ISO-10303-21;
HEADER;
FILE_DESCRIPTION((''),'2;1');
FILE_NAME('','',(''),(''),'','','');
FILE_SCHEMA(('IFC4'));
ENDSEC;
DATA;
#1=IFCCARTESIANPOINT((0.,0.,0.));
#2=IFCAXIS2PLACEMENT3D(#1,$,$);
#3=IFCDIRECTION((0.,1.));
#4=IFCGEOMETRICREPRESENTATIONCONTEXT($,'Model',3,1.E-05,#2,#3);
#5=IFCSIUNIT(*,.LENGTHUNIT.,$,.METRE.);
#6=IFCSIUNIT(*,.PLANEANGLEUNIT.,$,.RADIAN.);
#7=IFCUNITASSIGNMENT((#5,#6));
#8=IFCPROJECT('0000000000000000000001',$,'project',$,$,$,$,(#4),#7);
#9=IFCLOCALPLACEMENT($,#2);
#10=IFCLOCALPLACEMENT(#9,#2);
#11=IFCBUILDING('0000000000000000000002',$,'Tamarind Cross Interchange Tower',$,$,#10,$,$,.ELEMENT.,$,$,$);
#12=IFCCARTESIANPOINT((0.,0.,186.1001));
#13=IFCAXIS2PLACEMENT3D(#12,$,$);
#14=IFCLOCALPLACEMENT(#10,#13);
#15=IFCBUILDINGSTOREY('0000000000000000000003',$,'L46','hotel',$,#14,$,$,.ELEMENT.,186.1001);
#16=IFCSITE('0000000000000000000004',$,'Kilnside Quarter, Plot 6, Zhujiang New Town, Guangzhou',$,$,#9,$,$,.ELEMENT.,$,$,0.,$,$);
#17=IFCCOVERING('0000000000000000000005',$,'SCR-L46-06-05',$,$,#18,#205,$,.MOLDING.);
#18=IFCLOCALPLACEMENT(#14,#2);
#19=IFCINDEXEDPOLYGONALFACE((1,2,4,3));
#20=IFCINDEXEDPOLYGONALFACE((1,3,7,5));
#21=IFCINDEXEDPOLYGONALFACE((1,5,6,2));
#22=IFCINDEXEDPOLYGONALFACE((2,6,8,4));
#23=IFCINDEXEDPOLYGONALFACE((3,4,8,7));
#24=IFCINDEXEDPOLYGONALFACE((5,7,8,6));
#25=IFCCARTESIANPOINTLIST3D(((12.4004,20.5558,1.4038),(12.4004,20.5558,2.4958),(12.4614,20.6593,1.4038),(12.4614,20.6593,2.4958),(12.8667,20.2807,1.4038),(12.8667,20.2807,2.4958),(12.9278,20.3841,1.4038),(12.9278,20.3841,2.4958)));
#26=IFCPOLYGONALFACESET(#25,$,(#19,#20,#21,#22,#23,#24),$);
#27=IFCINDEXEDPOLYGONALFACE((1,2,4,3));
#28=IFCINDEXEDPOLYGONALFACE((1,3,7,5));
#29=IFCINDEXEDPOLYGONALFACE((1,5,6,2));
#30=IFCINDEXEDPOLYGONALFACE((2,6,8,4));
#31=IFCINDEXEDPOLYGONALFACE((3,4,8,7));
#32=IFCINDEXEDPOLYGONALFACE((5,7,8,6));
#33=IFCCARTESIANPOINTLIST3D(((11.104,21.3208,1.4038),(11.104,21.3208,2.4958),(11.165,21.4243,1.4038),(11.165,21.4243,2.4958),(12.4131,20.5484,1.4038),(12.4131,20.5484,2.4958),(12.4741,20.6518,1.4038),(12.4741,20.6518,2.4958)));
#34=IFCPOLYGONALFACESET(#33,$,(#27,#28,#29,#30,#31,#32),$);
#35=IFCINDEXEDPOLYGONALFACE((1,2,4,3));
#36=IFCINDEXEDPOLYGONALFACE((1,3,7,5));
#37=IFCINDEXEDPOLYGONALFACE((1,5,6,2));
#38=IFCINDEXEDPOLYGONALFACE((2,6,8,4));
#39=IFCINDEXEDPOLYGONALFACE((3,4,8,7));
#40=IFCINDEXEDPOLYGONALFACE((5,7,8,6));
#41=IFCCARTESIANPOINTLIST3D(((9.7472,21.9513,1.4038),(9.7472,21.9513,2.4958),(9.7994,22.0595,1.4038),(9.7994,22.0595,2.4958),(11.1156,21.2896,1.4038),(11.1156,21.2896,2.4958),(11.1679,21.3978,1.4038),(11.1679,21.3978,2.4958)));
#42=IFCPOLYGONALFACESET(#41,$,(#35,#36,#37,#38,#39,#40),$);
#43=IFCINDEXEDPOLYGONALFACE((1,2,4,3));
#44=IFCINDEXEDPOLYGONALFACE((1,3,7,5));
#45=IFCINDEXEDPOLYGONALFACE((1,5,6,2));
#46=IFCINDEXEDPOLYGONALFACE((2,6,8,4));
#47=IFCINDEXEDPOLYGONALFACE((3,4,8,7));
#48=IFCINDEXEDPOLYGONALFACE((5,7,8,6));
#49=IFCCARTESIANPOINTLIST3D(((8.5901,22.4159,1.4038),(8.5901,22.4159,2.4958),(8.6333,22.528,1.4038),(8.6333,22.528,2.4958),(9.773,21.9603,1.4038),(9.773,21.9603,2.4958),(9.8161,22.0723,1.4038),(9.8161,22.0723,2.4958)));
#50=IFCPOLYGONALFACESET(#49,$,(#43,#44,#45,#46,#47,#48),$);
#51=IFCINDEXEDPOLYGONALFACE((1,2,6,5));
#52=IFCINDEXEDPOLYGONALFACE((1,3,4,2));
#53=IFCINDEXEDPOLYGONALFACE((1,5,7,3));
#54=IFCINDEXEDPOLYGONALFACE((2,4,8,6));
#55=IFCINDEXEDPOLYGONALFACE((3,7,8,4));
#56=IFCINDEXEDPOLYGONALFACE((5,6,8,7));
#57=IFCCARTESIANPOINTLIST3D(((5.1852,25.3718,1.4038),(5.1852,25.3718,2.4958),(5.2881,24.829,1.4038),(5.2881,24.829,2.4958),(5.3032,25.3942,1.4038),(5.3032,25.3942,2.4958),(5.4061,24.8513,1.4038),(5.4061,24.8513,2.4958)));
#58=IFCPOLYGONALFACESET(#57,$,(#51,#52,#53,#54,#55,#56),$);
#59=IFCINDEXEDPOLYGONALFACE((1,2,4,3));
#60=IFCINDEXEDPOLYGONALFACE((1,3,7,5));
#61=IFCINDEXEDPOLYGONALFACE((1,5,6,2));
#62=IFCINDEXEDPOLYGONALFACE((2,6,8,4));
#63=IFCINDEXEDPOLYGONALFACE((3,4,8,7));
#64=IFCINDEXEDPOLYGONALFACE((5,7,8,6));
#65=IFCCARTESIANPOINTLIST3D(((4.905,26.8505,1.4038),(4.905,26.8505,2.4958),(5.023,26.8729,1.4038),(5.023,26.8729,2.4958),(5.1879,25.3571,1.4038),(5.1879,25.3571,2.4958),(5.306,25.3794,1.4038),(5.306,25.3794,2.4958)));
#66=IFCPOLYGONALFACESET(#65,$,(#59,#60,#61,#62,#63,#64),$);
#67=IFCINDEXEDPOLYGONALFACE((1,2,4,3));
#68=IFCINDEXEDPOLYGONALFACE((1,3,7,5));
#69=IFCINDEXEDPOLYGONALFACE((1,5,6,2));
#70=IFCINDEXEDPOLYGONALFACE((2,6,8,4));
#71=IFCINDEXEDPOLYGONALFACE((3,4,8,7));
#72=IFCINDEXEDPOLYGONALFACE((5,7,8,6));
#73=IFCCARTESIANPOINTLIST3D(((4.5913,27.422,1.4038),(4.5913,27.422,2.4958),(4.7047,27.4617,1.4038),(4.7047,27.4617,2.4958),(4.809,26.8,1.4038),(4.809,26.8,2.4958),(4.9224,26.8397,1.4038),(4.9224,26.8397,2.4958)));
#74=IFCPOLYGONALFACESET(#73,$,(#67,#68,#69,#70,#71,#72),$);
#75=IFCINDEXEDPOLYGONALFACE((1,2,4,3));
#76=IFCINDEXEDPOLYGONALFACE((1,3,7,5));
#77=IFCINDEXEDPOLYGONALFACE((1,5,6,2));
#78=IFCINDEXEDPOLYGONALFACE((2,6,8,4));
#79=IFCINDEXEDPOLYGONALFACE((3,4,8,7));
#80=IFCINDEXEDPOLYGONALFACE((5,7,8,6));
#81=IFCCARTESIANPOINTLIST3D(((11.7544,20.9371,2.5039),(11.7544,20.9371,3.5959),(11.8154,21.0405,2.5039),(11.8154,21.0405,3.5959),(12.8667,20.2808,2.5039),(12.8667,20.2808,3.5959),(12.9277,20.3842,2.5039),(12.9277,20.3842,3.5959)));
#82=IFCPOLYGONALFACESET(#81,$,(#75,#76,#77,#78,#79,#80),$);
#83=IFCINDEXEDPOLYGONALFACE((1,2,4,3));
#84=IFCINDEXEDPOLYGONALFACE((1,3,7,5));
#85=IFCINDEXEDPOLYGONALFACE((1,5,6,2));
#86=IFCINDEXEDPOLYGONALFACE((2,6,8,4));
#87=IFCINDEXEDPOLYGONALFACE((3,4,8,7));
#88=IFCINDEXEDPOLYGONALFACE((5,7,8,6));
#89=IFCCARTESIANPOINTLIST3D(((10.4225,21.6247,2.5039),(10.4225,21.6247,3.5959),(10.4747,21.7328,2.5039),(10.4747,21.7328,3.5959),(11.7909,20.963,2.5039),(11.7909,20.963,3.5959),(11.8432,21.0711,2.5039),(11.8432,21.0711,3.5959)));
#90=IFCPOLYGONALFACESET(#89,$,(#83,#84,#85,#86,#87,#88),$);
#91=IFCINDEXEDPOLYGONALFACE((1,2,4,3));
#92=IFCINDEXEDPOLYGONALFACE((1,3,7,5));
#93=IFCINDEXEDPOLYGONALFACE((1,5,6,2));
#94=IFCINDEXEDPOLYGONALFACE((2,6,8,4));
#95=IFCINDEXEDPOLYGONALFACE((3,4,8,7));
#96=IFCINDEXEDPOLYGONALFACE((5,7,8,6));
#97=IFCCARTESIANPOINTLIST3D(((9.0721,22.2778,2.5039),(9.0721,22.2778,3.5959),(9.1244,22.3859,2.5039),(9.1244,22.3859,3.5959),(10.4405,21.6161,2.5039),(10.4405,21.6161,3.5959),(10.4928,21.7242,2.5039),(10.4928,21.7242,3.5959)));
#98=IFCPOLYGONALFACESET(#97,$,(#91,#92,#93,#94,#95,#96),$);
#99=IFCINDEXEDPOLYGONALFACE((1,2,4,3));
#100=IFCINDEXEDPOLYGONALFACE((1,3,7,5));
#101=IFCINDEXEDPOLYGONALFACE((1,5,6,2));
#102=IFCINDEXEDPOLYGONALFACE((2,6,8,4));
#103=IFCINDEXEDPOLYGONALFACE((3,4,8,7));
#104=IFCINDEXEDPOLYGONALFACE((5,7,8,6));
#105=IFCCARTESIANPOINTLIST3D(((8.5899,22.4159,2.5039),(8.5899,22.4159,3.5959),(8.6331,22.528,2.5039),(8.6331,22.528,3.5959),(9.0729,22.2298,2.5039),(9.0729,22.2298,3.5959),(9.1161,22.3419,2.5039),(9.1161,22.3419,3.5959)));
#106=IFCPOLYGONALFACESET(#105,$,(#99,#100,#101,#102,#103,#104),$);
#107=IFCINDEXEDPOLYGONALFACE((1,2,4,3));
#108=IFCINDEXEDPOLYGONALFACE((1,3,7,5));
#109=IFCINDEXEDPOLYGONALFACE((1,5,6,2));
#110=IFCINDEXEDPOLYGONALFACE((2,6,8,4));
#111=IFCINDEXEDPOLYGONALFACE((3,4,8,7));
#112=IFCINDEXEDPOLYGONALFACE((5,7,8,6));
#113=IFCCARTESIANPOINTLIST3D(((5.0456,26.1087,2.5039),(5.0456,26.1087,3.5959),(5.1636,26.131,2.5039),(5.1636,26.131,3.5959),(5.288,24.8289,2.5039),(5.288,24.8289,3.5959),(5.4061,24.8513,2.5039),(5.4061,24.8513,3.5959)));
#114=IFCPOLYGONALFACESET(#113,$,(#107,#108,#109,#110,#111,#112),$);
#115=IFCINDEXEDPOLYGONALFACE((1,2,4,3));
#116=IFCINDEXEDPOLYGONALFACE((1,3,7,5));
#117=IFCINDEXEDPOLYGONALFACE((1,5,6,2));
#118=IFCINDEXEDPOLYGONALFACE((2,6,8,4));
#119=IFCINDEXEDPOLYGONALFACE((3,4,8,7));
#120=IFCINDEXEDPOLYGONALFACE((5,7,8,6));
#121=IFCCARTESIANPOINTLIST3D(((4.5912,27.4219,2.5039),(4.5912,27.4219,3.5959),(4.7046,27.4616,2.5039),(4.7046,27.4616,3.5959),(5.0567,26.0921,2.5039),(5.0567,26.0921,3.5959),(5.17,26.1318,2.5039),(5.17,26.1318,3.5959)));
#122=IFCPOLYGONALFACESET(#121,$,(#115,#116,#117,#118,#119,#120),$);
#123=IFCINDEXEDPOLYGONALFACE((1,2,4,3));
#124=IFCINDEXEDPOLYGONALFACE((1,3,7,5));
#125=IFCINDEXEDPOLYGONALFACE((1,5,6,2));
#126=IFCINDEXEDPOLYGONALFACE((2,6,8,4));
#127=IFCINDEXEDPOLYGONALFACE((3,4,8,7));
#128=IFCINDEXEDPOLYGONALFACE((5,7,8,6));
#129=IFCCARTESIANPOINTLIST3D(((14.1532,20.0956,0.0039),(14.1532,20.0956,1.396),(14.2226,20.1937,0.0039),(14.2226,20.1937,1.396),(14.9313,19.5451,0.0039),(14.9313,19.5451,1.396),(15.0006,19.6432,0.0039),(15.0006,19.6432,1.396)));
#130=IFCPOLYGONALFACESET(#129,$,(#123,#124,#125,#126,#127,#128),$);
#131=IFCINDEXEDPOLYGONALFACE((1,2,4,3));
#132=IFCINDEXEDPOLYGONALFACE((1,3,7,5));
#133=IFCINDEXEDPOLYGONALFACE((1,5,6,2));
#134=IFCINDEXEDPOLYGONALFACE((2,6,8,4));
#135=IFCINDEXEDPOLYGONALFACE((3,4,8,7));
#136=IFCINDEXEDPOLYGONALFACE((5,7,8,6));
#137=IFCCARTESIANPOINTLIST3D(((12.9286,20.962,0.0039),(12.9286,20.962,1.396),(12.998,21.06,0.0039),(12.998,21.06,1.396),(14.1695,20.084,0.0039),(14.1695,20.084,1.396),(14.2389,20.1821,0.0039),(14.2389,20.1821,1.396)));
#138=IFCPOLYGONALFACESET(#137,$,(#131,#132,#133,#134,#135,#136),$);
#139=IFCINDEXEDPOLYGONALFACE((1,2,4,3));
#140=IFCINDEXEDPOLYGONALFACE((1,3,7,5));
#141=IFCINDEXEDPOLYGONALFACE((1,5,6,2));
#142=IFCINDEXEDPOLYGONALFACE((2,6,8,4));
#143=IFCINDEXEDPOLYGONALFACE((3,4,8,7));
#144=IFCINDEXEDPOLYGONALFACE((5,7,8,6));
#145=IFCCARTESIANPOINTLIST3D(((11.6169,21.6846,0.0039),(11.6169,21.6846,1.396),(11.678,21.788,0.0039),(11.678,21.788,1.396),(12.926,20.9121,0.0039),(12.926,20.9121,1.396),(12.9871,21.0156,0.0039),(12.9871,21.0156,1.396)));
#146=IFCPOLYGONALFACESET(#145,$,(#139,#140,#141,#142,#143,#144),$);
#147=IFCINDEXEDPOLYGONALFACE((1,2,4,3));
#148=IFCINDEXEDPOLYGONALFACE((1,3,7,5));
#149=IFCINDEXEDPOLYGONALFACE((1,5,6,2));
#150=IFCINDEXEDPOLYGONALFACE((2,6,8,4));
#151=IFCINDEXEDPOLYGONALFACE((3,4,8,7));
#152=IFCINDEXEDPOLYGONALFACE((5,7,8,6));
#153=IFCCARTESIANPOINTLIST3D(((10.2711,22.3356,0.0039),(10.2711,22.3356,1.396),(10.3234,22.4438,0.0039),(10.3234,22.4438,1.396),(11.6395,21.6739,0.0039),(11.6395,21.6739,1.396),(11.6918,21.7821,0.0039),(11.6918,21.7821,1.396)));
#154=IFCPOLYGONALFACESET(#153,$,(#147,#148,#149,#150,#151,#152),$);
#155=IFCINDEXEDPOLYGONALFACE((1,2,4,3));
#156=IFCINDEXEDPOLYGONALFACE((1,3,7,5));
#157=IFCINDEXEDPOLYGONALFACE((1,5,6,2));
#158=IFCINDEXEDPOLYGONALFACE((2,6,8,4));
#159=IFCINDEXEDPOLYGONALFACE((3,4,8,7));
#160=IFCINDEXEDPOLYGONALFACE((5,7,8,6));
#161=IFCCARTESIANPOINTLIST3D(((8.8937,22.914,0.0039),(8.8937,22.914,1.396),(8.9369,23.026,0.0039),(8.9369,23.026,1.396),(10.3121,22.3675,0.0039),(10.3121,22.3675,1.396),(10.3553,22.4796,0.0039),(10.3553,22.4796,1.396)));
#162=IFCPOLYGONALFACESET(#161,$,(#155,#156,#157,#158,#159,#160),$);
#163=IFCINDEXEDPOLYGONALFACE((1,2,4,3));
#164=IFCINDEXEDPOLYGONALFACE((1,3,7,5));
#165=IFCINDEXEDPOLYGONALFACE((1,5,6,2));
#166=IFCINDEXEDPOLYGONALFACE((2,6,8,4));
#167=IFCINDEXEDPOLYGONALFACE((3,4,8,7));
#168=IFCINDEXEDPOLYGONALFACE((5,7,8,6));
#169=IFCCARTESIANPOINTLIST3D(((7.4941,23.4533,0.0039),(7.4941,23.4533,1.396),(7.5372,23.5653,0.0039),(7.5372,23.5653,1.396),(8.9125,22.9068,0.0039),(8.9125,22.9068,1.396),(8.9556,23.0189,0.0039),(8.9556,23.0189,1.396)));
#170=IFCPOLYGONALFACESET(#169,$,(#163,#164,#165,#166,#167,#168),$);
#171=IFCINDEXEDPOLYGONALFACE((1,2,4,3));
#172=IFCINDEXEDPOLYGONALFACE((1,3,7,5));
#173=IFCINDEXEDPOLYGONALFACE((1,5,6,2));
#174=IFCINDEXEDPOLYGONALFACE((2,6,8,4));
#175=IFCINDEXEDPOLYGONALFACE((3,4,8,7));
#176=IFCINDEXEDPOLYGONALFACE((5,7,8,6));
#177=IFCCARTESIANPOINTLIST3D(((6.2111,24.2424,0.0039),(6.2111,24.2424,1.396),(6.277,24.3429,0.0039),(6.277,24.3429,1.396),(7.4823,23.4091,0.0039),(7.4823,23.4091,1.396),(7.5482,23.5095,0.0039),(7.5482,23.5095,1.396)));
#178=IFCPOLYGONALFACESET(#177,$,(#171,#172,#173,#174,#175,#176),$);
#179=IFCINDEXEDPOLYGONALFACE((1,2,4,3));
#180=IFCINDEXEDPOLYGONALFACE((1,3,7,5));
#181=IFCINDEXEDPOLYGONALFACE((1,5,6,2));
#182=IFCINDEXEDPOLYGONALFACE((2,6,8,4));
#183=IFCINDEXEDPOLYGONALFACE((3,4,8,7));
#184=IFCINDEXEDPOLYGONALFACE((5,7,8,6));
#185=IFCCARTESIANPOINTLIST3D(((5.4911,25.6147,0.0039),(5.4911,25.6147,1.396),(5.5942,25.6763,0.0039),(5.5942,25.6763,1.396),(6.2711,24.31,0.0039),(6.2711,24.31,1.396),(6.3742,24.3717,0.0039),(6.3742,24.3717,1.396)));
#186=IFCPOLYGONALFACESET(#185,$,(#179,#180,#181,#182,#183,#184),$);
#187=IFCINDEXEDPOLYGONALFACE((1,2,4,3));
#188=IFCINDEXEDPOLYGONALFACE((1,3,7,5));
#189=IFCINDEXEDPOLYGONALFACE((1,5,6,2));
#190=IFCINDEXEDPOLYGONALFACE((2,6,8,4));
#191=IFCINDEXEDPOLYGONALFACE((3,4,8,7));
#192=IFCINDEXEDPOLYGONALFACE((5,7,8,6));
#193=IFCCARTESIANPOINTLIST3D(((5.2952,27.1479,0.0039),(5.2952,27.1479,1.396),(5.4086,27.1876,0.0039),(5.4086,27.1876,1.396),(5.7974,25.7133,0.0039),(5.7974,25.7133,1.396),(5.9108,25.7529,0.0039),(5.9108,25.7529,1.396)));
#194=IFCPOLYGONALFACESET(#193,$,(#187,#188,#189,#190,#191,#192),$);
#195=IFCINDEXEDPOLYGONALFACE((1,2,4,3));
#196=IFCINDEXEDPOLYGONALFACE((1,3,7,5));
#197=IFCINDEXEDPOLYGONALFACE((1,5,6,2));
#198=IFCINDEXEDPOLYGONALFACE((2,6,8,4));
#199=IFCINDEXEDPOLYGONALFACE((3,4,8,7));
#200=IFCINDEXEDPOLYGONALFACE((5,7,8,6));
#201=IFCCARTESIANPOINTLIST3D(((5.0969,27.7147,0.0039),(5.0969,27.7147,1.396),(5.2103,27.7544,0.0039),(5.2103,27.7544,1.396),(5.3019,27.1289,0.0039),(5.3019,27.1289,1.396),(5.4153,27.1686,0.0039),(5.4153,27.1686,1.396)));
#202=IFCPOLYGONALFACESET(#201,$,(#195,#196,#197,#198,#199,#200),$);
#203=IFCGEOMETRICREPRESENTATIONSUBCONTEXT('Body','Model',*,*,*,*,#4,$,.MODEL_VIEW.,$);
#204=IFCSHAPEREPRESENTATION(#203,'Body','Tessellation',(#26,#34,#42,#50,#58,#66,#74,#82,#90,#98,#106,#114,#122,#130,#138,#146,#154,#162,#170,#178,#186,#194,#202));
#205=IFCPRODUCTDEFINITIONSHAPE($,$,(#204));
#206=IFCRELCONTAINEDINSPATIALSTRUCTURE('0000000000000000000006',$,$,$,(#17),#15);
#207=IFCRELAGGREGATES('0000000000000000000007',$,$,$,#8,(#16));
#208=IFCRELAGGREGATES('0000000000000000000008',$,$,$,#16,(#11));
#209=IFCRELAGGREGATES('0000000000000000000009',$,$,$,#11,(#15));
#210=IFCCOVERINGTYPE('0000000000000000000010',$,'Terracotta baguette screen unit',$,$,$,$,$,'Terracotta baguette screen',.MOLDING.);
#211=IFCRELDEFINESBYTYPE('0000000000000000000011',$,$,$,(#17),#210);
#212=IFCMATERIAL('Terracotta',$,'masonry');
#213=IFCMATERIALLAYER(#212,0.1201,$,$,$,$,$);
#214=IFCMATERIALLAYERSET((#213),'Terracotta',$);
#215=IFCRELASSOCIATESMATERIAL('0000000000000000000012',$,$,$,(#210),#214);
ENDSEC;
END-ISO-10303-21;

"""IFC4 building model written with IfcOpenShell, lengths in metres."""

from ifc_helpers import new_model, si_unit, direction, frame, origin, origin_2d, place, context, subcontext, project, spatial, rectangle, extrude, material, layer, layer_set, type_object, element, save


model = new_model("IFC4")

# Units and contexts
model_context = context("Model", 3, precision=1e-05, world=origin(), true_north=direction((0.0, 1.0)))
body_context = subcontext(model_context, "Body", "Model", "MODEL_VIEW")
ifc_project = project(units=[si_unit("LENGTHUNIT", "METRE"), si_unit("PLANEANGLEUNIT", "RADIAN")], contexts=[model_context])

# Site, building, storey
site_placement = place(None, origin())
site = spatial("IfcSite", under=ifc_project, at=site_placement, Name="Kilnside Quarter, Plot 6, Zhujiang New Town, Guangzhou", CompositionType="ELEMENT", RefElevation=0.0)
building_placement = place(site_placement, origin())
building = spatial("IfcBuilding", under=site, at=building_placement, Name="Tamarind Cross Interchange Tower", CompositionType="ELEMENT")
storey_placement = place(building_placement, frame((0.0, 0.0, 186.1001)))
storey = spatial("IfcBuildingStorey", under=building, at=storey_placement, Name="L46", Description="hotel", CompositionType="ELEMENT", Elevation=186.1001)

# Covering
ifc_material_1 = material(Name="Terracotta", Category="masonry")
ifc_layer_1 = layer(ifc_material_1, 0.1201)
ifc_layer_set_1 = layer_set([ifc_layer_1], Name="Terracotta")
covering_type = type_object("IfcCoveringType", Name="Terracotta baguette screen unit", ElementType="Terracotta baguette screen", PredefinedType="MOLDING", material=ifc_layer_set_1)
covering_1_placement = place(storey_placement, origin())
element("IfcCovering", 1, at=covering_1_placement, inside=storey, type_object=covering_type, Name="SCR-L46-06-05", PredefinedType="MOLDING", context=body_context, shape_type="SweptSolid", body=[
    extrude(rectangle(XDim=0.5415, YDim=0.1201, at=origin_2d()), frame((12.6641, 20.47, 1.4038), z_axis=(0.0, 0.0, 1.0), x_axis=(-0.861249, 0.508183, 0.0)), (0.0, 0.0, 1.0), 1.092),
    extrude(rectangle(XDim=1.52, YDim=0.1201, at=origin_2d()), frame((11.7891, 20.9863, 1.4038), z_axis=(0.0, 0.0, 1.0), x_axis=(-0.861249, 0.508183, 0.0)), (0.0, 0.0, 1.0), 1.092),
    extrude(rectangle(XDim=1.52, YDim=0.1201, at=origin_2d()), frame((10.4575, 21.6746, 1.4038), z_axis=(0.0, 0.0, 1.0), x_axis=(-0.900273, 0.435326, 0.0)), (0.0, 0.0, 1.0), 1.092),
    extrude(rectangle(XDim=1.2676, YDim=0.1201, at=origin_2d()), frame((9.2031, 22.2441, 1.4038), z_axis=(0.0, 0.0, 1.0), x_axis=(-0.933147, 0.359495, 0.0)), (0.0, 0.0, 1.0), 1.092),
    extrude(rectangle(XDim=0.5525, YDim=0.1201, at=origin_2d()), frame((5.2957, 25.1116, 1.4038), z_axis=(0.0, 0.0, 1.0), x_axis=(-0.186148, 0.982522, 0.0)), (0.0, 0.0, 1.0), 1.092),
    extrude(rectangle(XDim=1.52, YDim=0.1201, at=origin_2d()), frame((5.1055, 26.115, 1.4038), z_axis=(0.0, 0.0, 1.0), x_axis=(-0.186148, 0.982522, 0.0)), (0.0, 0.0, 1.0), 1.092),
    extrude(rectangle(XDim=0.6589, YDim=0.1201, at=origin_2d()), frame((4.7568, 27.1309, 1.4038), z_axis=(0.0, 0.0, 1.0), x_axis=(-0.330383, 0.943847, 0.0)), (0.0, 0.0, 1.0), 1.092),
    extrude(rectangle(XDim=1.2915, YDim=0.1201, at=origin_2d()), frame((12.3411, 20.6606, 2.5039), z_axis=(0.0, 0.0, 1.0), x_axis=(-0.861249, 0.508183, 0.0)), (0.0, 0.0, 1.0), 1.092),
    extrude(rectangle(XDim=1.52, YDim=0.1201, at=origin_2d()), frame((11.1328, 21.3479, 2.5039), z_axis=(0.0, 0.0, 1.0), x_axis=(-0.900273, 0.435326, 0.0)), (0.0, 0.0, 1.0), 1.092),
    extrude(rectangle(XDim=1.52, YDim=0.1201, at=origin_2d()), frame((9.7825, 22.001, 2.5039), z_axis=(0.0, 0.0, 1.0), x_axis=(-0.900273, 0.435326, 0.0)), (0.0, 0.0, 1.0), 1.092),
    extrude(rectangle(XDim=0.5176, YDim=0.1201, at=origin_2d()), frame((8.853, 22.3789, 2.5039), z_axis=(0.0, 0.0, 1.0), x_axis=(-0.933147, 0.359495, 0.0)), (0.0, 0.0, 1.0), 1.092),
    extrude(rectangle(XDim=1.3025, YDim=0.1201, at=origin_2d()), frame((5.2258, 25.48, 2.5039), z_axis=(0.0, 0.0, 1.0), x_axis=(-0.186148, 0.982522, 0.0)), (0.0, 0.0, 1.0), 1.092),
    extrude(rectangle(XDim=1.4089, YDim=0.1201, at=origin_2d()), frame((4.8806, 26.7769, 2.5039), z_axis=(0.0, 0.0, 1.0), x_axis=(-0.330383, 0.943847, 0.0)), (0.0, 0.0, 1.0), 1.092),
    extrude(rectangle(XDim=0.9531, YDim=0.1201, at=origin_2d()), frame((14.5769, 19.8694, 0.0039), z_axis=(0.0, 0.0, 1.0), x_axis=(-0.816342, 0.577569, 0.0)), (0.0, 0.0, 1.0), 1.3921),
    extrude(rectangle(XDim=1.52, YDim=0.1201, at=origin_2d()), frame((13.5837, 20.572, 0.0039), z_axis=(0.0, 0.0, 1.0), x_axis=(-0.816342, 0.577569, 0.0)), (0.0, 0.0, 1.0), 1.3921),
    extrude(rectangle(XDim=1.52, YDim=0.1201, at=origin_2d()), frame((12.302, 21.3501, 0.0039), z_axis=(0.0, 0.0, 1.0), x_axis=(-0.861249, 0.508183, 0.0)), (0.0, 0.0, 1.0), 1.3921),
    extrude(rectangle(XDim=1.52, YDim=0.1201, at=origin_2d()), frame((10.9814, 22.0588, 0.0039), z_axis=(0.0, 0.0, 1.0), x_axis=(-0.900273, 0.435326, 0.0)), (0.0, 0.0, 1.0), 1.3921),
    extrude(rectangle(XDim=1.52, YDim=0.1201, at=origin_2d()), frame((9.6245, 22.6968, 0.0039), z_axis=(0.0, 0.0, 1.0), x_axis=(-0.933147, 0.359495, 0.0)), (0.0, 0.0, 1.0), 1.3921),
    extrude(rectangle(XDim=1.52, YDim=0.1201, at=origin_2d()), frame((8.2249, 23.2361, 0.0039), z_axis=(0.0, 0.0, 1.0), x_axis=(-0.933147, 0.359495, 0.0)), (0.0, 0.0, 1.0), 1.3921),
    extrude(rectangle(XDim=1.52, YDim=0.1201, at=origin_2d()), frame((6.8796, 23.876, 0.0039), z_axis=(0.0, 0.0, 1.0), x_axis=(-0.836309, 0.548258, 0.0)), (0.0, 0.0, 1.0), 1.3921),
    extrude(rectangle(XDim=1.52, YDim=0.1201, at=origin_2d()), frame((5.9326, 24.9932, 0.0039), z_axis=(0.0, 0.0, 1.0), x_axis=(-0.51317, 0.858287, 0.0)), (0.0, 0.0, 1.0), 1.3921),
    extrude(rectangle(XDim=1.52, YDim=0.1201, at=origin_2d()), frame((5.603, 26.4504, 0.0039), z_axis=(0.0, 0.0, 1.0), x_axis=(-0.330383, 0.943847, 0.0)), (0.0, 0.0, 1.0), 1.3921),
    extrude(rectangle(XDim=0.6206, YDim=0.1201, at=origin_2d()), frame((5.2561, 27.4417, 0.0039), z_axis=(0.0, 0.0, 1.0), x_axis=(-0.330383, 0.943847, 0.0)), (0.0, 0.0, 1.0), 1.3921),
])

save(model, "model.ifc")
